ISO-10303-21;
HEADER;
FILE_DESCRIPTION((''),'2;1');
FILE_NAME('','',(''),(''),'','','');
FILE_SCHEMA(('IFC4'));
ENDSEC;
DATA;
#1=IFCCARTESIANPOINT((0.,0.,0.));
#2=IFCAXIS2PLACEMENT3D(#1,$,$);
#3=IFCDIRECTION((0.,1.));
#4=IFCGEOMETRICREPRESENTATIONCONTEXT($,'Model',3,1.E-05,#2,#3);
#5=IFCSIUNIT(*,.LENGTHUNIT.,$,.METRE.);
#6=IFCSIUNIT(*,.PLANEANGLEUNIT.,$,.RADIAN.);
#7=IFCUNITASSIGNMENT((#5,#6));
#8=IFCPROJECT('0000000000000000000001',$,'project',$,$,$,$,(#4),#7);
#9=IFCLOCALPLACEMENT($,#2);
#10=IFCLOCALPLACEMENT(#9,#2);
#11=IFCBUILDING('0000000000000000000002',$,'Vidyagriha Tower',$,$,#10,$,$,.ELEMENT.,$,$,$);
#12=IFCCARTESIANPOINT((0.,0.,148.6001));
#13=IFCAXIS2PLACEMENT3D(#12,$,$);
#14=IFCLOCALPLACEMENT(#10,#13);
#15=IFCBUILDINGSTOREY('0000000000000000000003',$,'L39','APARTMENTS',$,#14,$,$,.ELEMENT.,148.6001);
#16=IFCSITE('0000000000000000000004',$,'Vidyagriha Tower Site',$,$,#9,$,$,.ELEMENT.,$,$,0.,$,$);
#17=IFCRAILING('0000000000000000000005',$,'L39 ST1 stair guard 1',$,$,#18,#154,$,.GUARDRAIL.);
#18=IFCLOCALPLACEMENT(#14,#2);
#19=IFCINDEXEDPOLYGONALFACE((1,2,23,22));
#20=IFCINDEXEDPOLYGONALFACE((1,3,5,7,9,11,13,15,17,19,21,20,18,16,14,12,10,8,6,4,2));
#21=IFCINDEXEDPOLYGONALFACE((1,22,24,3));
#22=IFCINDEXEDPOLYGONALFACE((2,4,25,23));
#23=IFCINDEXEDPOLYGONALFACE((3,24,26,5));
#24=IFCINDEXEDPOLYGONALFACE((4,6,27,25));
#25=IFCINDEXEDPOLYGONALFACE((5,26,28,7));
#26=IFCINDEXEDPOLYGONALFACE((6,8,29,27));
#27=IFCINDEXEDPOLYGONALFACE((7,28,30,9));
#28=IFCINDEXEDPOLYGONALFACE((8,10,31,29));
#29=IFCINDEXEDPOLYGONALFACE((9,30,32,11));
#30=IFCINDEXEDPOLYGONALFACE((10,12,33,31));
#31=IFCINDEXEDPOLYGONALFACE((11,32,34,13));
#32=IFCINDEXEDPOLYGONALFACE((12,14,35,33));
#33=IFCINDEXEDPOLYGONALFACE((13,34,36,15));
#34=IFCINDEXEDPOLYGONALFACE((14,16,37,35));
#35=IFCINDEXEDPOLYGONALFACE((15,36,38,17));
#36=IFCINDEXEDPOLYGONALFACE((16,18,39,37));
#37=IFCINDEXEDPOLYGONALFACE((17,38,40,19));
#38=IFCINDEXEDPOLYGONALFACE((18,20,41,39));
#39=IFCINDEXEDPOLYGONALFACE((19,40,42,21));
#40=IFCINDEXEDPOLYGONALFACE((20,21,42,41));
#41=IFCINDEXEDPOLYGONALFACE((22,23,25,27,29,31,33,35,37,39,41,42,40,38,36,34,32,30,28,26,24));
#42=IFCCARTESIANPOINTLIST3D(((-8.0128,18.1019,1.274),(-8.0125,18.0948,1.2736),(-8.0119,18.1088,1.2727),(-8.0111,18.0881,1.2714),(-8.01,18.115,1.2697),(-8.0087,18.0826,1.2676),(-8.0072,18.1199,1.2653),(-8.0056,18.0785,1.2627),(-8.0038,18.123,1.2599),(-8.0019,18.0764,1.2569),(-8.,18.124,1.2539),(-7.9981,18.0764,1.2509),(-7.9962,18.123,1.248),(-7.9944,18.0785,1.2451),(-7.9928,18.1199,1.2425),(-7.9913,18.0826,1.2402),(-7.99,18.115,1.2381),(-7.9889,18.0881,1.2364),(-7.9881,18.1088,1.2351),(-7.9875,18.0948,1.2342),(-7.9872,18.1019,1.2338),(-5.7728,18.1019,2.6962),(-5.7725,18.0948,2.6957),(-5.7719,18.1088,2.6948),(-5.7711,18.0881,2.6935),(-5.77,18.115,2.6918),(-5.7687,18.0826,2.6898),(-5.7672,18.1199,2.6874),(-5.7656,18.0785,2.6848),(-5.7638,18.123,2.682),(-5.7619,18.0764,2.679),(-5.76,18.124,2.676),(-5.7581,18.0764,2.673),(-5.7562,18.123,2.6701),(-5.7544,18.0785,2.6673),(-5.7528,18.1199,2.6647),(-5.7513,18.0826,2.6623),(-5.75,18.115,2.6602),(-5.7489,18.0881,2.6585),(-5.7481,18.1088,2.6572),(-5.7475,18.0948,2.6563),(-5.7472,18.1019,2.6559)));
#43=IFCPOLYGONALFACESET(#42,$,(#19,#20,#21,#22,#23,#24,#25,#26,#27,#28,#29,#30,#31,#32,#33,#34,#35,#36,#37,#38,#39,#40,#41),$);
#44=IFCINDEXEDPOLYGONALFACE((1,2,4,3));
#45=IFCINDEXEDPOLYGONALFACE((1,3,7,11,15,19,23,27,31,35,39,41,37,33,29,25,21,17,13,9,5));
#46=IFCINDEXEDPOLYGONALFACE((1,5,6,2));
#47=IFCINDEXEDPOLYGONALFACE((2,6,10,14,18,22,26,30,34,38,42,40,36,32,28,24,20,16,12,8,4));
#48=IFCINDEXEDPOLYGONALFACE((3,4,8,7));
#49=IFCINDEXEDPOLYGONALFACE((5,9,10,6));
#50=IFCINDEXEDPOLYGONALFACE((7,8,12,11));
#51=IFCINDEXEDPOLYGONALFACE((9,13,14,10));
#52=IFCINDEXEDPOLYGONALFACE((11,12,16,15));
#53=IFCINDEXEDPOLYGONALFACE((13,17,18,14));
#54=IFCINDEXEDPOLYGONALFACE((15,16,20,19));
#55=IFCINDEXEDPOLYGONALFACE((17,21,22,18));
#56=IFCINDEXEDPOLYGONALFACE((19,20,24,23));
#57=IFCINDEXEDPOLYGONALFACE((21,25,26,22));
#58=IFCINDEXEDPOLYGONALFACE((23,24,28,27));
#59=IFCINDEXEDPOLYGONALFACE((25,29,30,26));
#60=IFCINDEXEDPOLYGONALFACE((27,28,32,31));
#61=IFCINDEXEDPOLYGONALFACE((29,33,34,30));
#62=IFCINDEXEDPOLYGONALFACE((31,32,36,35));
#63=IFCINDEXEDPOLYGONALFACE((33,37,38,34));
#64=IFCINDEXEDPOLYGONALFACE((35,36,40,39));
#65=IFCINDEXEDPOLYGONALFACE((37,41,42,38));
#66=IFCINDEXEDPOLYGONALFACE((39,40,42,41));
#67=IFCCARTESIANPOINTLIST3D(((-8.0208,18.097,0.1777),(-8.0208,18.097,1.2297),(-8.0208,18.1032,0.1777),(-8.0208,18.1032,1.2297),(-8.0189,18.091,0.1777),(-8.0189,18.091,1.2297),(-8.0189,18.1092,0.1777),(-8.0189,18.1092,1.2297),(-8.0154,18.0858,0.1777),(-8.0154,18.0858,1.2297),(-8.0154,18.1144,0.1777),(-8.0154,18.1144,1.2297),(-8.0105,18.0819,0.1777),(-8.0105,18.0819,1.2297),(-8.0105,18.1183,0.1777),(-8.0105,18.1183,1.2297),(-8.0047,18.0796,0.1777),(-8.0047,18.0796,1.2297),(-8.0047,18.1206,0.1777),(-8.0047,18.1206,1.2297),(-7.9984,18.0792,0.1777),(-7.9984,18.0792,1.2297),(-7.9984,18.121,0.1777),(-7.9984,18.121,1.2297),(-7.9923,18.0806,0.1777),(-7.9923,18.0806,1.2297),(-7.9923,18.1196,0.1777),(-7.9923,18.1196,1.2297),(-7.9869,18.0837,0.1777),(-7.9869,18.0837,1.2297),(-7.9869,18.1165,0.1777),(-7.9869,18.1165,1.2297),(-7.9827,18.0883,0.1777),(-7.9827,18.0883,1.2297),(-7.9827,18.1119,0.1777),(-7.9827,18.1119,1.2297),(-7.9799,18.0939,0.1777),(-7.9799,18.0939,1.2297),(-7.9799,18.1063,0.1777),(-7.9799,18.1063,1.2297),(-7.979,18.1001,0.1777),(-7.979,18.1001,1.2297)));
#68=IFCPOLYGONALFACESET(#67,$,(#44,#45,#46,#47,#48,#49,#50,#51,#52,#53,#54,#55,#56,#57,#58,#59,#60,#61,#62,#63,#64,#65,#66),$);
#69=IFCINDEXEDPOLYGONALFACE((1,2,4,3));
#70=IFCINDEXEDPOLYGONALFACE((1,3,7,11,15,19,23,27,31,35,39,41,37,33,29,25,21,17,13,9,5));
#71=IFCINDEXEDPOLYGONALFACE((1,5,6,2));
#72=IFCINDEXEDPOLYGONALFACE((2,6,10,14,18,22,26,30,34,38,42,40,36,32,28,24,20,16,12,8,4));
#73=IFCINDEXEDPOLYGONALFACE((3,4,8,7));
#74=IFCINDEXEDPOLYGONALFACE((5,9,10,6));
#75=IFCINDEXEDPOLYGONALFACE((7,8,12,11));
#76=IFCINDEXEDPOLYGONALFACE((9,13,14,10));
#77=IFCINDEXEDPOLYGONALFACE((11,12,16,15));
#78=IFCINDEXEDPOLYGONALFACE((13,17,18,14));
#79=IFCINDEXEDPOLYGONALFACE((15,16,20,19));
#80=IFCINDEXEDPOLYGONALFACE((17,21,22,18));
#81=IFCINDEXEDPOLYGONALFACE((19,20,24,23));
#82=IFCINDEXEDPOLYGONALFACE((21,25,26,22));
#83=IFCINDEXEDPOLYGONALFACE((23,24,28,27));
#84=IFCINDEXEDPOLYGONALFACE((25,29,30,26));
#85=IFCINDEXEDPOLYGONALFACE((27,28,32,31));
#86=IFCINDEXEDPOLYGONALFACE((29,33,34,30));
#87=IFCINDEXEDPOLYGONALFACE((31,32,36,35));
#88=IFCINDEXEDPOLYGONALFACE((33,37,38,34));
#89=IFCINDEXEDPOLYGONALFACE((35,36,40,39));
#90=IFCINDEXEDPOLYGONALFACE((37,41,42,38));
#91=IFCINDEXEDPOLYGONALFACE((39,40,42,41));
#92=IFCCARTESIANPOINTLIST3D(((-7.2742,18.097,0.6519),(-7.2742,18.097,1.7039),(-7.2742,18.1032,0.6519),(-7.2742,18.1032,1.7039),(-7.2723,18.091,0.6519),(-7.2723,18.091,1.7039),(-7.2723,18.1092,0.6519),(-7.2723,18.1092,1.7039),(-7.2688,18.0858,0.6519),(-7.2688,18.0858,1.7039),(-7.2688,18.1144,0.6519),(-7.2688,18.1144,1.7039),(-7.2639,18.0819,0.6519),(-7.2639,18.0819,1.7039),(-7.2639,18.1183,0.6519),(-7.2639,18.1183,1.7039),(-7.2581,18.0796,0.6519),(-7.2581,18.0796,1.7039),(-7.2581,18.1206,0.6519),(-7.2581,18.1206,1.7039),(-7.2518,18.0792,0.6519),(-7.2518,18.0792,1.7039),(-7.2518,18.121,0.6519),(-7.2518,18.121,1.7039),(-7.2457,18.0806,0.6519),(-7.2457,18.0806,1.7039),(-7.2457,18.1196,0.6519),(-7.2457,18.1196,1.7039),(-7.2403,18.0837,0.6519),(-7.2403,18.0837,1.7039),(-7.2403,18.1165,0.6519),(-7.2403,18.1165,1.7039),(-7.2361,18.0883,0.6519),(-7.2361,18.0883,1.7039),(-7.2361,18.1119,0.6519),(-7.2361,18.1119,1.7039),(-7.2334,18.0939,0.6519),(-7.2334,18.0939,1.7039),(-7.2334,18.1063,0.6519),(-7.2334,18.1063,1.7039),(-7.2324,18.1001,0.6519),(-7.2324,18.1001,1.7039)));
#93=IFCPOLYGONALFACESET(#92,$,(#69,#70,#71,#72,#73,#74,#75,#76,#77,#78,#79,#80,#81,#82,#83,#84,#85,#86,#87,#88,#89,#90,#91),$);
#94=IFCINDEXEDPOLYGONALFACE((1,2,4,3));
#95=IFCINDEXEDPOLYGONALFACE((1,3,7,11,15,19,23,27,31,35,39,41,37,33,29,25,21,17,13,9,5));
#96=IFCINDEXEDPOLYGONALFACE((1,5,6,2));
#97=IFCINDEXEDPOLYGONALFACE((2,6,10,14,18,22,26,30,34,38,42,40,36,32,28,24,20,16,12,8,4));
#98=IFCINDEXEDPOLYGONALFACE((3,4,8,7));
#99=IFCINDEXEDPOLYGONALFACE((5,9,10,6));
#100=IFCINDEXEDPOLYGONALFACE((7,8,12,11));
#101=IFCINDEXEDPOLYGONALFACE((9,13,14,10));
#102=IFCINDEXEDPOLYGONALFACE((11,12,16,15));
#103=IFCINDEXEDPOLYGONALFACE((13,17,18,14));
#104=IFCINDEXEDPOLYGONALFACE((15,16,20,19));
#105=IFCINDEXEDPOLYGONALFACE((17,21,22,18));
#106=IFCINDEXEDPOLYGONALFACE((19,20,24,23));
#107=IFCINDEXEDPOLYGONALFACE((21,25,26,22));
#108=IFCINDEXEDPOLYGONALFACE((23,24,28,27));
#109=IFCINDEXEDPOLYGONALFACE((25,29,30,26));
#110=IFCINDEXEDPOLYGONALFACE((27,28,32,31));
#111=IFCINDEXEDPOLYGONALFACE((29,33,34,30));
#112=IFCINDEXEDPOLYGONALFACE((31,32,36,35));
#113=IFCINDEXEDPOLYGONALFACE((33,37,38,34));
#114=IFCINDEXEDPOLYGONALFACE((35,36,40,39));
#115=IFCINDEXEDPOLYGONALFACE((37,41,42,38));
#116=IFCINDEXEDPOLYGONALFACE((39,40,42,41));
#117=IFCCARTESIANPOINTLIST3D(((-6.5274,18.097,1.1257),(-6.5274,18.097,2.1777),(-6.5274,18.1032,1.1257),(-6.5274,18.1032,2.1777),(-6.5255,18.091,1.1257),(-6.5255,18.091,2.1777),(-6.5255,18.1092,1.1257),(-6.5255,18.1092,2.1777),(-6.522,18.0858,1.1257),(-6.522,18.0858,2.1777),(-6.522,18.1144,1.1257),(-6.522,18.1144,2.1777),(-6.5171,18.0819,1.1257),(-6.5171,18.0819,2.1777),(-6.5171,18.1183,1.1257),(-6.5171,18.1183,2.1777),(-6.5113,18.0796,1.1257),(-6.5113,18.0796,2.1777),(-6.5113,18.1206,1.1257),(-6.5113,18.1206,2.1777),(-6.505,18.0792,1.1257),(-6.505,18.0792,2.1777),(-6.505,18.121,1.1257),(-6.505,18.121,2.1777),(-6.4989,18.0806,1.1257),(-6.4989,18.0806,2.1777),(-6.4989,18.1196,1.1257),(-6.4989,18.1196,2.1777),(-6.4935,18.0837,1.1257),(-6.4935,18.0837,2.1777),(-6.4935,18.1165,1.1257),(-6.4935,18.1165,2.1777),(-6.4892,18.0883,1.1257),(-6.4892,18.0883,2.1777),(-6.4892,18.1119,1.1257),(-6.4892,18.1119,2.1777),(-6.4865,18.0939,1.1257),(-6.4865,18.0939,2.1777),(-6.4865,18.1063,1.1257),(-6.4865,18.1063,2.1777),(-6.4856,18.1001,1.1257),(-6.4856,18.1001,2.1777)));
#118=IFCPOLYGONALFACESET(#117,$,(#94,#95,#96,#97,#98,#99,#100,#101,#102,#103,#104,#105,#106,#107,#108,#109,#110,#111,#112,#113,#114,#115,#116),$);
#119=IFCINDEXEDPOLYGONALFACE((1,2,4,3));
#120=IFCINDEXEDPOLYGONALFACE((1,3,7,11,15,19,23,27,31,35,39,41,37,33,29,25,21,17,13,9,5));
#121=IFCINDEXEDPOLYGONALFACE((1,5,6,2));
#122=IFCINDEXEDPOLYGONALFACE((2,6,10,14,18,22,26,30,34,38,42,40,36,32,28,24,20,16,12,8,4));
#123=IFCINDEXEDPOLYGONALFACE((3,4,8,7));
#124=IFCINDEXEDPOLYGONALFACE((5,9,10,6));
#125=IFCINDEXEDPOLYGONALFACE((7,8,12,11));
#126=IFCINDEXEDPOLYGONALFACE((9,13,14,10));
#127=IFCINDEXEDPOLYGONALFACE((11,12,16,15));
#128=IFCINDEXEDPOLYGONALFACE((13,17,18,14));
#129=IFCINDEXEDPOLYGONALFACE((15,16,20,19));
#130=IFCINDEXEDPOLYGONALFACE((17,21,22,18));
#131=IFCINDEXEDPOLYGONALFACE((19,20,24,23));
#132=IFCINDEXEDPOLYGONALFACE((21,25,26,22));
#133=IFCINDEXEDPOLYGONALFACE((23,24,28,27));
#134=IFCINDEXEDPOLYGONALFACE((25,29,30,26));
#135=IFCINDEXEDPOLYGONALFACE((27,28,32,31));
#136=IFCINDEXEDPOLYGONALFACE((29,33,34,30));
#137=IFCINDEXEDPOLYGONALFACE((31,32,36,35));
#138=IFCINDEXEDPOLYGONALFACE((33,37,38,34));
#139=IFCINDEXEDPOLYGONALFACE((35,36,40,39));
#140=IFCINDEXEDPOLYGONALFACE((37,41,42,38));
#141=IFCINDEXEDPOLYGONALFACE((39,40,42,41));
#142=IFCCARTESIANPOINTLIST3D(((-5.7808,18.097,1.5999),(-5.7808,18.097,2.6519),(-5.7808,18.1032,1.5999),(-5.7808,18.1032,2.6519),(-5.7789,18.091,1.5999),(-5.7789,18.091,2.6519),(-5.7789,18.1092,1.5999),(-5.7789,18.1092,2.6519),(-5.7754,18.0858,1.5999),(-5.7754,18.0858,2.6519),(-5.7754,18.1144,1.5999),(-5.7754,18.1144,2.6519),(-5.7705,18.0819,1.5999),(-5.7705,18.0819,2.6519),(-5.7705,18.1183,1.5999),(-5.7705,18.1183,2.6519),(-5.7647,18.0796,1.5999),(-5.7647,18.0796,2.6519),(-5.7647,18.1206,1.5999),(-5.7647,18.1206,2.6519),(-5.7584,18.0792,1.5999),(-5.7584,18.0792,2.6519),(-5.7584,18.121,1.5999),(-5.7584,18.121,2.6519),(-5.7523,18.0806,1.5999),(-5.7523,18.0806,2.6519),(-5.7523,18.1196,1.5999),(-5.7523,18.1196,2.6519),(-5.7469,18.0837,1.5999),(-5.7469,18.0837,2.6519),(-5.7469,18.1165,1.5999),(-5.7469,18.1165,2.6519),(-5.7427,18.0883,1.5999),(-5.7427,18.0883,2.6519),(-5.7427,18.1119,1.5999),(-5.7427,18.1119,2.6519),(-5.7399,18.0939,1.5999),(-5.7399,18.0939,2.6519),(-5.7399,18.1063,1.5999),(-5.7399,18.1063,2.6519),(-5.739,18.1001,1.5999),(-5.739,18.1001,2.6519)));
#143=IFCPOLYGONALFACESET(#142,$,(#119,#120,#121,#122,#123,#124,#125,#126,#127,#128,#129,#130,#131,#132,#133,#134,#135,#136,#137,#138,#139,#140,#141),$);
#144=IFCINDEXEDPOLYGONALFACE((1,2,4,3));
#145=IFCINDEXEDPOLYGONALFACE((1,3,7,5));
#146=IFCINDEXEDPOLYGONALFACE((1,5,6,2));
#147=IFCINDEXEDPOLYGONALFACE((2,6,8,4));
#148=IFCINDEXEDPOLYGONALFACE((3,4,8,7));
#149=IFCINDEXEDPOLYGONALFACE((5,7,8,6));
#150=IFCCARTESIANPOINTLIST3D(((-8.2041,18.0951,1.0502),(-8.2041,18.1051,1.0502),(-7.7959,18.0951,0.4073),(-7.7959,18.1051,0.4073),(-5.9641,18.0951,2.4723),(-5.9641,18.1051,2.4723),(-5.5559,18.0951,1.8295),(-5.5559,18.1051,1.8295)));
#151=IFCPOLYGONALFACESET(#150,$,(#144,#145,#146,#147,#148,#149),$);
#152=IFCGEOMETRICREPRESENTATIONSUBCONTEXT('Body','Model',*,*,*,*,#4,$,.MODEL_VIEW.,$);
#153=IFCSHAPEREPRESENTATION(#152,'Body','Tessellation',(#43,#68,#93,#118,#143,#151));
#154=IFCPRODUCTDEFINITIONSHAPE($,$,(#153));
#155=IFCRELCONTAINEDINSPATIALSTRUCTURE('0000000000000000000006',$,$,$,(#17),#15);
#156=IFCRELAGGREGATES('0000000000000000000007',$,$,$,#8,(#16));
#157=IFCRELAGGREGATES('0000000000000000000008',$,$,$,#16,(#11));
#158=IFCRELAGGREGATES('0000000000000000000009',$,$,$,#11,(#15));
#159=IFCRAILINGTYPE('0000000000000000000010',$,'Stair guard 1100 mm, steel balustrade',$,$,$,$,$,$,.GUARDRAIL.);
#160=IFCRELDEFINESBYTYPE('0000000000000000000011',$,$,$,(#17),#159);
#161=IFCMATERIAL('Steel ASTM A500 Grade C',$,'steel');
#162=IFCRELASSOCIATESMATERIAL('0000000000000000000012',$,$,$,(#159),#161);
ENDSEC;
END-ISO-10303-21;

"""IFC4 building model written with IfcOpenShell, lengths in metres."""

from ifc_helpers import new_model, si_unit, direction, frame, origin, origin_2d, place, context, subcontext, project, spatial, rectangle, circle, extrude, material, type_object, element, save


model = new_model("IFC4")

# Units and contexts
model_context = context("Model", 3, precision=1e-05, world=origin(), true_north=direction((0.0, 1.0)))
body_context = subcontext(model_context, "Body", "Model", "MODEL_VIEW")
ifc_project = project(units=[si_unit("LENGTHUNIT", "METRE"), si_unit("PLANEANGLEUNIT", "RADIAN")], contexts=[model_context])

# Site, building, storey
site_placement = place(None, origin())
site = spatial("IfcSite", under=ifc_project, at=site_placement, Name="Vidyagriha Tower Site", CompositionType="ELEMENT", RefElevation=0.0)
building_placement = place(site_placement, origin())
building = spatial("IfcBuilding", under=site, at=building_placement, Name="Vidyagriha Tower", CompositionType="ELEMENT")
storey_placement = place(building_placement, frame((0.0, 0.0, 148.6001)))
storey = spatial("IfcBuildingStorey", under=building, at=storey_placement, Name="L39", Description="APARTMENTS", CompositionType="ELEMENT", Elevation=148.6001)

# Railing
ifc_material_1 = material(Name="Steel ASTM A500 Grade C", Category="steel")
railing_type_1 = type_object("IfcRailingType", Name="Stair guard 1100 mm, steel balustrade", PredefinedType="GUARDRAIL", material=ifc_material_1)
railing_1_placement = place(storey_placement, frame((-8.0, 18.1001, 0.1777)))
element("IfcRailing", 1, at=railing_1_placement, inside=storey, type_object=railing_type_1, Name="L39 ST1 stair guard 1", PredefinedType="GUARDRAIL", context=body_context, shape_type="SweptSolid", body=[
    extrude(circle(Radius=0.0239, at=origin_2d()), frame((0.0, 0.0, 1.0762), z_axis=(0.844229, 0.0, 0.535982), x_axis=(0.0, 1.0, 0.0)), (0.0, 0.0, 1.0), 2.6533),
    extrude(circle(Radius=0.021, at=origin_2d()), origin(), (0.0, 0.0, 1.0), 1.052),
    extrude(circle(Radius=0.021, at=origin_2d()), frame((0.7466, 0.0, 0.4741)), (0.0, 0.0, 1.0), 1.052),
    extrude(circle(Radius=0.021, at=origin_2d()), frame((1.4934, 0.0, 0.948)), (0.0, 0.0, 1.0), 1.052),
    extrude(circle(Radius=0.021, at=origin_2d()), frame((2.24, 0.0, 1.4221)), (0.0, 0.0, 1.0), 1.052),
    extrude(rectangle(XDim=0.01, YDim=0.7615, at=origin_2d()), frame((0.0, 0.0, 0.551), z_axis=(0.844229, 0.0, 0.535982), x_axis=(0.0, 1.0, 0.0)), (0.0, 0.0, 1.0), 2.6533),
])

save(model, "model.ifc")
